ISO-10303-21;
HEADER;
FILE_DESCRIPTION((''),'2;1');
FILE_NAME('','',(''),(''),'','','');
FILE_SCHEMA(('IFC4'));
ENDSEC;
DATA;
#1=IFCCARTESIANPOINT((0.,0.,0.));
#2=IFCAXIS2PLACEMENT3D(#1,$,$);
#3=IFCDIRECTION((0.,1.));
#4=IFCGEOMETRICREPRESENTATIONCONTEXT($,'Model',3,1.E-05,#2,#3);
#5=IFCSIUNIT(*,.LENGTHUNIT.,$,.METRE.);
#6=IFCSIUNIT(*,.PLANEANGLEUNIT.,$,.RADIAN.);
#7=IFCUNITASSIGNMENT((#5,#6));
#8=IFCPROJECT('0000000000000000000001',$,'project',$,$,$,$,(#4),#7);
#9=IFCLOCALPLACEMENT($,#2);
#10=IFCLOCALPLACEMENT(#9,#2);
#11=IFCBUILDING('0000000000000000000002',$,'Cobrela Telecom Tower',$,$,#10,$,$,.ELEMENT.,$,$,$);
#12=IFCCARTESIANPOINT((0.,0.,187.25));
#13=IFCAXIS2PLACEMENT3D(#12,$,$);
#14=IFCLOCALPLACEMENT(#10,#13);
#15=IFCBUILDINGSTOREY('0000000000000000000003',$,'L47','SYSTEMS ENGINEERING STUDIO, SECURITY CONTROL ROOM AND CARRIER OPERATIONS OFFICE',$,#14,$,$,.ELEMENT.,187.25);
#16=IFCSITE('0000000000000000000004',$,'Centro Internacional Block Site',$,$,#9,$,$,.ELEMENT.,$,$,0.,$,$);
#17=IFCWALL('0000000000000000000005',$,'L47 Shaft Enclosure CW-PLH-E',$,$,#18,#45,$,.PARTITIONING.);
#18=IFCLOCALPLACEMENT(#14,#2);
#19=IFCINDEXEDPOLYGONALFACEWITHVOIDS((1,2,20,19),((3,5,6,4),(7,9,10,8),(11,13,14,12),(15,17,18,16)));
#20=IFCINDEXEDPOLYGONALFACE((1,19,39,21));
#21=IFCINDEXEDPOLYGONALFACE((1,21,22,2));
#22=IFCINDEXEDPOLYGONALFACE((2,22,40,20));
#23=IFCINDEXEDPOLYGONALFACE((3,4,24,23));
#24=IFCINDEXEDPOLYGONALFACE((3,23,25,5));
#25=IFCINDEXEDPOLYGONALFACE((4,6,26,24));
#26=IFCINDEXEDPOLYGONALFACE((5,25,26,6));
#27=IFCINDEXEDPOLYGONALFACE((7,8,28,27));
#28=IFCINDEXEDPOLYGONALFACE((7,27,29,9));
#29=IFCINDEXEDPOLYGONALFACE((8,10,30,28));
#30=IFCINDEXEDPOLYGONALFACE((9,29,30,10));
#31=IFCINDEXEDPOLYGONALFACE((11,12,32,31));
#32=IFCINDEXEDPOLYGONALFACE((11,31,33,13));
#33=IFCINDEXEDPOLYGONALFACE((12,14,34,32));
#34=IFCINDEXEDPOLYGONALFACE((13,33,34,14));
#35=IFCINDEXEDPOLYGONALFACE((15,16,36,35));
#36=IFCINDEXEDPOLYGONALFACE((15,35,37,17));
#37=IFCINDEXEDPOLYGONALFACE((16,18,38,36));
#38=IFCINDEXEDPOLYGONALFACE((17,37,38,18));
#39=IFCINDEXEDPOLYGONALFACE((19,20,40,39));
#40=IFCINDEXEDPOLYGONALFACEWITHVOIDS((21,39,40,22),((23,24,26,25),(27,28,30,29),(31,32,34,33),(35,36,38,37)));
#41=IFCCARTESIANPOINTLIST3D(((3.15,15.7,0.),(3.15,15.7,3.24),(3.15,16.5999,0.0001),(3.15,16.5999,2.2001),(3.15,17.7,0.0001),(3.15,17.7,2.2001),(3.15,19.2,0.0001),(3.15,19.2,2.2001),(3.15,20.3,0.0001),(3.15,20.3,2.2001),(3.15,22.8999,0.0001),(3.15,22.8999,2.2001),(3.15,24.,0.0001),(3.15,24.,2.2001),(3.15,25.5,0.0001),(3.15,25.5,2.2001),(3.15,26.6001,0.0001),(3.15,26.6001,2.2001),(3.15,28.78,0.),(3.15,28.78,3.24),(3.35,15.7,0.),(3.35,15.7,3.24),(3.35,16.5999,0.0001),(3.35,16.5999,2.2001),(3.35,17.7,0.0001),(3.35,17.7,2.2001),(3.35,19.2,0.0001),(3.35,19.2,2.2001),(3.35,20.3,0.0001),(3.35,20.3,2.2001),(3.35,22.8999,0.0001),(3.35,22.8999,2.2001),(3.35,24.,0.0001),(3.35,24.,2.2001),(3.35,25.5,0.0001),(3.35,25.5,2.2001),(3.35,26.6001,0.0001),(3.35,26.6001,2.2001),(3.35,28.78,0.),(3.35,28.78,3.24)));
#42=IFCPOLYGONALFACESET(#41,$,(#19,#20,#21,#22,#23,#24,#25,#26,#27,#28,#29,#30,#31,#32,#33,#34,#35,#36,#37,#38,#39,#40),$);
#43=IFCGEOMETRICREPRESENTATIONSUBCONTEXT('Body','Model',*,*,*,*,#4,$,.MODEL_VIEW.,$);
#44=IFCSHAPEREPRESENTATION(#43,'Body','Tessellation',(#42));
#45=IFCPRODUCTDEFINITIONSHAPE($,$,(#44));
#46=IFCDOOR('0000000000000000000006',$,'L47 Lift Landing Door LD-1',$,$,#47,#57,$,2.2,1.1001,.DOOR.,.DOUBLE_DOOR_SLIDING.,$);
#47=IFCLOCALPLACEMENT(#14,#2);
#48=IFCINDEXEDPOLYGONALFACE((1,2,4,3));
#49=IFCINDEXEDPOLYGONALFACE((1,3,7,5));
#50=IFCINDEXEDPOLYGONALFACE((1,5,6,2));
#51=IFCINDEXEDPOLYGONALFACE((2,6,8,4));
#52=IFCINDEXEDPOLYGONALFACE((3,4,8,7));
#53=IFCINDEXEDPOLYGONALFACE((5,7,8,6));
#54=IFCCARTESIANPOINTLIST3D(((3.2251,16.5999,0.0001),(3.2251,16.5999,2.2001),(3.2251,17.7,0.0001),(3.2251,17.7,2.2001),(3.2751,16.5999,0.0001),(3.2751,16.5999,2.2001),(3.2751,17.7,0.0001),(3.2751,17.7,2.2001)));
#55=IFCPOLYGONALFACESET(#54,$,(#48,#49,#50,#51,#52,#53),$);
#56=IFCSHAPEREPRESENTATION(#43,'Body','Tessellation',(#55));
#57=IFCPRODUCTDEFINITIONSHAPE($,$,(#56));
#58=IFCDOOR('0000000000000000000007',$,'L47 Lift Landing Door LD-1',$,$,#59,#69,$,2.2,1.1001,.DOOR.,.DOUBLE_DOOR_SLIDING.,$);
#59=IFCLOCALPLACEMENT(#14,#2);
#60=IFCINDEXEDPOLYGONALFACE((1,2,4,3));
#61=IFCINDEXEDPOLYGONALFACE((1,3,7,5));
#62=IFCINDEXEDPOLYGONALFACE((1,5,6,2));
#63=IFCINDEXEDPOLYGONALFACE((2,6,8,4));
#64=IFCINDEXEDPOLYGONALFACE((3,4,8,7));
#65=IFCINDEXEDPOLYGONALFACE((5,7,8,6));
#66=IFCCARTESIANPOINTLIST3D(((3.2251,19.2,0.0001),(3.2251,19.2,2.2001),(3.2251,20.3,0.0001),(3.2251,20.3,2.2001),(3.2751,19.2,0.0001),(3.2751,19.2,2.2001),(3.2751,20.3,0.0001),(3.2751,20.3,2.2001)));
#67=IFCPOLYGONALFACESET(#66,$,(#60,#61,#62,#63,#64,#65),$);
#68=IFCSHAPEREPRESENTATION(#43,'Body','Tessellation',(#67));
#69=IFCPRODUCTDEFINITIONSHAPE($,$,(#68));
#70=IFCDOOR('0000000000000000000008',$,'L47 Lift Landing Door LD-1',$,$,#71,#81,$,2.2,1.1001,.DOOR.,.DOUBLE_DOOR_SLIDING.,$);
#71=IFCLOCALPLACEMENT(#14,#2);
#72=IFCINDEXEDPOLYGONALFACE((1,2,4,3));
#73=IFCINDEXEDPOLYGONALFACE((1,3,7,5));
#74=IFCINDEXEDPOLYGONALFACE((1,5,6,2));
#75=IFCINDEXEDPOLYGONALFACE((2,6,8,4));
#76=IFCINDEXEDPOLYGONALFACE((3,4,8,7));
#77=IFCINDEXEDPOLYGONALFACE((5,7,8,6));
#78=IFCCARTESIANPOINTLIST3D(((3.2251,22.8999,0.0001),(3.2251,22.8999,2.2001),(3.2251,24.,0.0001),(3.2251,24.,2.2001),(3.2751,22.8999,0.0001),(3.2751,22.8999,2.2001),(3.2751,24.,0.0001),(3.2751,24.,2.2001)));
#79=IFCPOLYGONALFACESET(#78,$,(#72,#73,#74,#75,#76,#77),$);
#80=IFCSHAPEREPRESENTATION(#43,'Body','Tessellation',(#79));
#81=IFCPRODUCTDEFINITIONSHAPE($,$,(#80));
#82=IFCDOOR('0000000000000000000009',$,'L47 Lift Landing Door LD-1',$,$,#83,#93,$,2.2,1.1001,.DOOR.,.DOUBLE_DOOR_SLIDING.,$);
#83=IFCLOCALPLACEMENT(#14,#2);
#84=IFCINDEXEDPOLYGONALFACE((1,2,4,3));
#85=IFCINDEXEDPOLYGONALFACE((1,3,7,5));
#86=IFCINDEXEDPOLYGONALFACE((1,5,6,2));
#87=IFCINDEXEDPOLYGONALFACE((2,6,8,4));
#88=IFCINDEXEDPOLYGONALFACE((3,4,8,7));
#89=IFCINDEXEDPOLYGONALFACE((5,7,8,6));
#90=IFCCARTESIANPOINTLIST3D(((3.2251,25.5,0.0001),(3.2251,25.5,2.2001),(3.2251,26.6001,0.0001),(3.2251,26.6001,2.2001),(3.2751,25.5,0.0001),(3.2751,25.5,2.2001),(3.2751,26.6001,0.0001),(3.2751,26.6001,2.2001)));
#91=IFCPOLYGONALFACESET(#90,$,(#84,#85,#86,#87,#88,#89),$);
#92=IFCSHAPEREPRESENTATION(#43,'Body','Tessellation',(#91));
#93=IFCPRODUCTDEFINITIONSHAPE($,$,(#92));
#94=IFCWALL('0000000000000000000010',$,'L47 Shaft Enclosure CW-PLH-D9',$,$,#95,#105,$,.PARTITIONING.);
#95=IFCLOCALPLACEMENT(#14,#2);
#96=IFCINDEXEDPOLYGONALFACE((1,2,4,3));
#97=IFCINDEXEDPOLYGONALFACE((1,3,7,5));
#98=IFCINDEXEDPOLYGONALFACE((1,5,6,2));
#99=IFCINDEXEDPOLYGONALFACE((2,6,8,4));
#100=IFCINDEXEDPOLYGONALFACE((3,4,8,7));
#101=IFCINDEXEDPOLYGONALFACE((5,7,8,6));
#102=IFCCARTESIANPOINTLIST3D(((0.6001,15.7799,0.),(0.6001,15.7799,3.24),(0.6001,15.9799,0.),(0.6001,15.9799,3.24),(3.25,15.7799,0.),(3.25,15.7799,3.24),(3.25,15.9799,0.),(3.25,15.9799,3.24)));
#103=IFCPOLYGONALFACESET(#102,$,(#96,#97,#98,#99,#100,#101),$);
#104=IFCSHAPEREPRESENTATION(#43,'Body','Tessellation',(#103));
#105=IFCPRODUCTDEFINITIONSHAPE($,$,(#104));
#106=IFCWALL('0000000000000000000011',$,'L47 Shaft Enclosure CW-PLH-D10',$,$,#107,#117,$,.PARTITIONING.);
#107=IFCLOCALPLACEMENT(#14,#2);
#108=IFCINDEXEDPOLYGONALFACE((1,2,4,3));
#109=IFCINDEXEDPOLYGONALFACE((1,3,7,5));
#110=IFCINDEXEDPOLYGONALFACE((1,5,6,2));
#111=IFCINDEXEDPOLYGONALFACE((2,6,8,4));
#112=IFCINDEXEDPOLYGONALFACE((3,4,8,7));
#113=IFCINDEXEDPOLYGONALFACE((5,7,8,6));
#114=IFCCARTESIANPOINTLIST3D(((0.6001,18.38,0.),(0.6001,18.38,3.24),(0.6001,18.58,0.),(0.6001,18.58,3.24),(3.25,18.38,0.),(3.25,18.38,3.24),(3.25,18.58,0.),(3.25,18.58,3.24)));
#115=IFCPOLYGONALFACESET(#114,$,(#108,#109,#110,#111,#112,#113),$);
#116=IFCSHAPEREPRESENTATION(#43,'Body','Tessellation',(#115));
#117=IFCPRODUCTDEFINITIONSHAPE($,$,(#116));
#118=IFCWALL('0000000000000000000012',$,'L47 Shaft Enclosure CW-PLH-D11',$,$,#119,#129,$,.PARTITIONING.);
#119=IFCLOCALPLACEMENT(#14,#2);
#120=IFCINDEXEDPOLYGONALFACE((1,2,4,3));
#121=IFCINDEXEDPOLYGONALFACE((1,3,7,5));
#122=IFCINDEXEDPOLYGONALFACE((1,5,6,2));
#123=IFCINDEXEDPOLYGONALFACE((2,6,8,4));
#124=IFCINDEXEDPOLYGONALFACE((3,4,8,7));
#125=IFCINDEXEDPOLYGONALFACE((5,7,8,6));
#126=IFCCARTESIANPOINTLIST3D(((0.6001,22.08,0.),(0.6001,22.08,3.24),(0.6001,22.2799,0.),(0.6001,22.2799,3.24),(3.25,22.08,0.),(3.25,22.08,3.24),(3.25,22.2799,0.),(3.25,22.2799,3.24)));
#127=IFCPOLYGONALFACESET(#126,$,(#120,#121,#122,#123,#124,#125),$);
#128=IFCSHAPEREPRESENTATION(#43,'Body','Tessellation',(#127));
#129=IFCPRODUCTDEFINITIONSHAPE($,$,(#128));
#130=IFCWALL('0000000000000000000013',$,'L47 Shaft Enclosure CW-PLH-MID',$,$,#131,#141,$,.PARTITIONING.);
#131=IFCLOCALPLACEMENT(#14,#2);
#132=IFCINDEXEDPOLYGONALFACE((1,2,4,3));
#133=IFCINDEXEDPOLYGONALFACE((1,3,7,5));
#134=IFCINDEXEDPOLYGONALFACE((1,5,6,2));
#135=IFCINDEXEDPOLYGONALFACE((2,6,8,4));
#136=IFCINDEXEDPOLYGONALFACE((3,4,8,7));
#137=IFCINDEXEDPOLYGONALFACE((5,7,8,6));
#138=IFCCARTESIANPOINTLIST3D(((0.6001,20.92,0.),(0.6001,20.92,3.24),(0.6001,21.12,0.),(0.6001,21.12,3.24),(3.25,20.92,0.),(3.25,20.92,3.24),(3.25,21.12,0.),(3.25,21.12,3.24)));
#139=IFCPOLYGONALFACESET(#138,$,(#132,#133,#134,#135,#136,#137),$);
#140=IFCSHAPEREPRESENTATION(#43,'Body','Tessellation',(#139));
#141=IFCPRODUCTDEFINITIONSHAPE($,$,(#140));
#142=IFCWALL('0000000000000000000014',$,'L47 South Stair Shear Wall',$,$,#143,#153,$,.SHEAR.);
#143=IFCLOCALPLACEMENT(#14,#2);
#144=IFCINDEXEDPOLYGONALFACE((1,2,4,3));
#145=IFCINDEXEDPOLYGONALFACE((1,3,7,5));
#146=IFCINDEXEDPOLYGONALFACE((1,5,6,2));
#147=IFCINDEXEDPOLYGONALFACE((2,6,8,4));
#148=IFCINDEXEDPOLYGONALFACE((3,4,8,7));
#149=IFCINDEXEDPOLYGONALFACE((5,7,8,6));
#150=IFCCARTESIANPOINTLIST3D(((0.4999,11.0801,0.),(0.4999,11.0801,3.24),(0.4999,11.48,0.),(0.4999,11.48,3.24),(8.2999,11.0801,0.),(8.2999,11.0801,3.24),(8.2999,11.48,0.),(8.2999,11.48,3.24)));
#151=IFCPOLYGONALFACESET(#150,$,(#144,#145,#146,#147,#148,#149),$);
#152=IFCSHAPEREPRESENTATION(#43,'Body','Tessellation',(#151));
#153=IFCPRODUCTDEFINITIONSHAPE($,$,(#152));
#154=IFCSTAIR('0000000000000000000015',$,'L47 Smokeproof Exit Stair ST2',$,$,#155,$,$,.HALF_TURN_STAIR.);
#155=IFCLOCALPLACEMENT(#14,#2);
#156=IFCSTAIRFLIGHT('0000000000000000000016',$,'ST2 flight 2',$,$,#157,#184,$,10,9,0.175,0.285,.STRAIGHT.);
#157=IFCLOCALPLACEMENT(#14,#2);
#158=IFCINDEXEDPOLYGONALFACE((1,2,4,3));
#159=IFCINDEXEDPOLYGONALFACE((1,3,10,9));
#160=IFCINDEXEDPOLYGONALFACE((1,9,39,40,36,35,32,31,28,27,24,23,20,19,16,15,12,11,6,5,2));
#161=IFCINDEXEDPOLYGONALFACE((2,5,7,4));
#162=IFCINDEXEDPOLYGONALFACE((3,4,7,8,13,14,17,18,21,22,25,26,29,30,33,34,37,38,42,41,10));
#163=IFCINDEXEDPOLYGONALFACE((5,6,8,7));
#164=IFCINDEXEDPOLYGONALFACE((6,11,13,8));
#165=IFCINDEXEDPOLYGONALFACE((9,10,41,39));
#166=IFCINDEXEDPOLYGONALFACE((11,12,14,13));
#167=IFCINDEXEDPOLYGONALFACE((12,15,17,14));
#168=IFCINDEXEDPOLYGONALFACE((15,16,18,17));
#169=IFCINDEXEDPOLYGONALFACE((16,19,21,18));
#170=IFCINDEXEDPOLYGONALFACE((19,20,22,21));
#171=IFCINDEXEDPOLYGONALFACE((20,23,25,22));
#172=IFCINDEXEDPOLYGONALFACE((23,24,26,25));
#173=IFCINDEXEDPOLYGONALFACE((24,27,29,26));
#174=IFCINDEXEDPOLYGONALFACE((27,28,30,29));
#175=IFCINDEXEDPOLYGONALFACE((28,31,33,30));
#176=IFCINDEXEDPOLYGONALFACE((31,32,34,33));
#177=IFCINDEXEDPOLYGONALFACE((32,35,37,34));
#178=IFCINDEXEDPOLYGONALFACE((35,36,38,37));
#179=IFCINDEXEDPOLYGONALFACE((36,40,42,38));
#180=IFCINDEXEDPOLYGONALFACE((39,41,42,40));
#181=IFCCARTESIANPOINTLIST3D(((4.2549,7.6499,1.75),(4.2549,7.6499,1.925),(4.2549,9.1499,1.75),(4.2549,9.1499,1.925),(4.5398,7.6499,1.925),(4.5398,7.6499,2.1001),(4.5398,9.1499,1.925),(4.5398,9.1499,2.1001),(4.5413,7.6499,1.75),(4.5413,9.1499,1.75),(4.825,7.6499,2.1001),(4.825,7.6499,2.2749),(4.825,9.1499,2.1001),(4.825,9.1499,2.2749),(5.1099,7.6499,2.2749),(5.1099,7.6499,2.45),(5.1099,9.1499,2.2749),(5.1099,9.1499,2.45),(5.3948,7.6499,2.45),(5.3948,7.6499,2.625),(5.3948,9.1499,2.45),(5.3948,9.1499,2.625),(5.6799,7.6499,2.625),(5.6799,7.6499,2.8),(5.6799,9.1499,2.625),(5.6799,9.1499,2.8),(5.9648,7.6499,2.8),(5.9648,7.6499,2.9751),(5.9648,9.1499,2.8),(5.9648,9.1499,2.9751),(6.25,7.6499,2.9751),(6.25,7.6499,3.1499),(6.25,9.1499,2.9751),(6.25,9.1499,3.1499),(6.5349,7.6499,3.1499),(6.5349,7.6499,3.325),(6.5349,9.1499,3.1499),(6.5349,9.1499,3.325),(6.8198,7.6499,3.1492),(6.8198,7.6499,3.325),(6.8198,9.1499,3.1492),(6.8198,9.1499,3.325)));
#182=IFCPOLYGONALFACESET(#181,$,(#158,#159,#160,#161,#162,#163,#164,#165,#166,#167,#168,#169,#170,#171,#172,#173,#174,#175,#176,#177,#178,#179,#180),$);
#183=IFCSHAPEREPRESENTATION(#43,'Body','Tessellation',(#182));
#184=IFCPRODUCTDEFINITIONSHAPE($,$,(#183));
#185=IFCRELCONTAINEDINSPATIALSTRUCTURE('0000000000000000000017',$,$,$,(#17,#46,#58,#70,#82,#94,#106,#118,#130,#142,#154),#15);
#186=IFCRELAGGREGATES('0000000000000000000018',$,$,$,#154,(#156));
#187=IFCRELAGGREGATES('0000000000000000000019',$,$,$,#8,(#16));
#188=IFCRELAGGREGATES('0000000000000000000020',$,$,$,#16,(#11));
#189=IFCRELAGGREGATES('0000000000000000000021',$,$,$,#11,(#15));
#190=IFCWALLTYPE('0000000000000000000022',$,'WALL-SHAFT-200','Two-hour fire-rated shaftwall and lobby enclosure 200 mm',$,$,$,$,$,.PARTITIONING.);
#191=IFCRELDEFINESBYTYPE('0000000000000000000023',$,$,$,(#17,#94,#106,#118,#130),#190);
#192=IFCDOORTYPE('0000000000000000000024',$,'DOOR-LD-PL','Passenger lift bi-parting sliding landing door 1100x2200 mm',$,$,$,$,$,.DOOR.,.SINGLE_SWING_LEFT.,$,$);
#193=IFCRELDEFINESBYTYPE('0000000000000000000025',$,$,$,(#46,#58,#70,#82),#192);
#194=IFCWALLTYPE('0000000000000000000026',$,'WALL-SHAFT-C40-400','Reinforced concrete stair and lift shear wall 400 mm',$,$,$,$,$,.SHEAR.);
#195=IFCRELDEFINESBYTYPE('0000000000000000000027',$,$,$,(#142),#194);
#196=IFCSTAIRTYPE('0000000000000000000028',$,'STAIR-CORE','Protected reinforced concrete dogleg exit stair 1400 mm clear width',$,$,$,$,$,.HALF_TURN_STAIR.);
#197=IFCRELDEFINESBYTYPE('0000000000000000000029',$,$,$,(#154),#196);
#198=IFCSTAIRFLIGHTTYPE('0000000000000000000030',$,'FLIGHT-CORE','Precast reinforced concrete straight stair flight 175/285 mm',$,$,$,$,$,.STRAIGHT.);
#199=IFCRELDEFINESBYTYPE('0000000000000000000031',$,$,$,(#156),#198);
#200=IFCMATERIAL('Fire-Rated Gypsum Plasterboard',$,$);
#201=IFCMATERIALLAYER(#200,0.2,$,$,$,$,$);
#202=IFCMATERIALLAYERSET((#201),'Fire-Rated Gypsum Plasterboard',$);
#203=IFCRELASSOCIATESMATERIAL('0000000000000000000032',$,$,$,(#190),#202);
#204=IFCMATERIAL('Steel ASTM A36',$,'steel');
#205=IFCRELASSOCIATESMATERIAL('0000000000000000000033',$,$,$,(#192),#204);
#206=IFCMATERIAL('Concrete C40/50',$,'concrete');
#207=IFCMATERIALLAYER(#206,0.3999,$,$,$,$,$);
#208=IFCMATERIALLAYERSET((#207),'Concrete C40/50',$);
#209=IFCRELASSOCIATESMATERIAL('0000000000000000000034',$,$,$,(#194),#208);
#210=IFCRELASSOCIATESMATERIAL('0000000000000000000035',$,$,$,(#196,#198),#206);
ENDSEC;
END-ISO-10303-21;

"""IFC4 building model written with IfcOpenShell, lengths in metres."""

from ifc_helpers import new_model, si_unit, direction, frame, frame_2d, origin, place, context, subcontext, project, spatial, polyline, rectangle, outline, extrude, material, layer, layer_set, type_object, element, fill, aggregate, save


model = new_model("IFC4")

# Units and contexts
model_context = context("Model", 3, precision=1e-05, world=origin(), true_north=direction((0.0, 1.0)))
body_context = subcontext(model_context, "Body", "Model", "MODEL_VIEW")
ifc_project = project(units=[si_unit("LENGTHUNIT", "METRE"), si_unit("PLANEANGLEUNIT", "RADIAN")], contexts=[model_context])

# Site, building, storey
site_placement = place(None, origin())
site = spatial("IfcSite", under=ifc_project, at=site_placement, Name="Centro Internacional Block Site", CompositionType="ELEMENT", RefElevation=0.0)
building_placement = place(site_placement, origin())
building = spatial("IfcBuilding", under=site, at=building_placement, Name="Cobrela Telecom Tower", CompositionType="ELEMENT")
storey_placement = place(building_placement, frame((0.0, 0.0, 187.25)))
storey = spatial("IfcBuildingStorey", under=building, at=storey_placement, Name="L47", Description="SYSTEMS ENGINEERING STUDIO, SECURITY CONTROL ROOM AND CARRIER OPERATIONS OFFICE", CompositionType="ELEMENT", Elevation=187.25)

# Shared definitions
ifc_material_1 = material(Name="Fire-Rated Gypsum Plasterboard")

# Wall, openings, doors
ifc_layer_1 = layer(ifc_material_1, 0.2)
ifc_layer_set_1 = layer_set([ifc_layer_1], Name="Fire-Rated Gypsum Plasterboard")
wall_type_1 = type_object("IfcWallType", Name="WALL-SHAFT-200", Description="Two-hour fire-rated shaftwall and lobby enclosure 200 mm", PredefinedType="PARTITIONING", material=ifc_layer_set_1)
wall_1_placement = place(storey_placement, frame((3.25, 15.7, 0.0), z_axis=(0.0, 0.0, 1.0), x_axis=(0.0, 1.0, 0.0)))
wall_1 = element("IfcWall", 1, at=wall_1_placement, inside=storey, type_object=wall_type_1, Name="L47 Shaft Enclosure CW-PLH-E", PredefinedType="PARTITIONING", context=body_context, shape_type="SweptSolid", body=[
    extrude(rectangle(XDim=13.0801, YDim=0.2, at=frame_2d((6.54, 0.0))), origin(), (0.0, 0.0, 1.0), 3.24),
])
opening_1_placement = place(wall_1_placement, frame((0.8999, 0.0, 0.0)))
opening_1 = element("IfcOpeningElement", 2, at=opening_1_placement, cuts=wall_1, PredefinedType="OPENING", context=body_context, shape_type="SweptSolid", body=[
    extrude(rectangle(XDim=1.1001, YDim=2.2, at=frame_2d((0.55, 1.1001))), frame((0.0, 0.1118, 0.0), z_axis=(0.0, -1.0, 0.0), x_axis=(1.0, 0.0, 0.0)), (0.0, 0.0, 1.0), 0.2239),
])
opening_2_placement = place(wall_1_placement, frame((3.5, 0.0, 0.0)))
opening_2 = element("IfcOpeningElement", 3, at=opening_2_placement, cuts=wall_1, PredefinedType="OPENING", context=body_context, shape_type="SweptSolid", body=[
    extrude(rectangle(XDim=1.1001, YDim=2.2, at=frame_2d((0.55, 1.1001))), frame((0.0, 0.1118, 0.0), z_axis=(0.0, -1.0, 0.0), x_axis=(1.0, 0.0, 0.0)), (0.0, 0.0, 1.0), 0.2239),
])
opening_3_placement = place(wall_1_placement, frame((7.2, 0.0, 0.0)))
opening_3 = element("IfcOpeningElement", 4, at=opening_3_placement, cuts=wall_1, PredefinedType="OPENING", context=body_context, shape_type="SweptSolid", body=[
    extrude(rectangle(XDim=1.1001, YDim=2.2, at=frame_2d((0.55, 1.1001))), frame((0.0, 0.1118, 0.0), z_axis=(0.0, -1.0, 0.0), x_axis=(1.0, 0.0, 0.0)), (0.0, 0.0, 1.0), 0.2239),
])
opening_4_placement = place(wall_1_placement, frame((9.8, 0.0, 0.0)))
opening_4 = element("IfcOpeningElement", 5, at=opening_4_placement, cuts=wall_1, PredefinedType="OPENING", context=body_context, shape_type="SweptSolid", body=[
    extrude(rectangle(XDim=1.1001, YDim=2.2, at=frame_2d((0.55, 1.1001))), frame((0.0, 0.1118, 0.0), z_axis=(0.0, -1.0, 0.0), x_axis=(1.0, 0.0, 0.0)), (0.0, 0.0, 1.0), 0.2239),
])
ifc_material_2 = material(Name="Steel ASTM A36", Category="steel")
door_type_1 = type_object("IfcDoorType", Name="DOOR-LD-PL", Description="Passenger lift bi-parting sliding landing door 1100x2200 mm", OperationType="SINGLE_SWING_LEFT", PredefinedType="DOOR", material=ifc_material_2)
door_1_placement = place(opening_1_placement, origin())
door_1 = element("IfcDoor", 6, at=door_1_placement, inside=storey, type_object=door_type_1, Name="L47 Lift Landing Door LD-1", OperationType="DOUBLE_DOOR_SLIDING", OverallHeight=2.2, OverallWidth=1.1001, PredefinedType="DOOR", context=body_context, shape_type="SweptSolid", body=[
    extrude(rectangle(XDim=1.1001, YDim=2.2, at=frame_2d((0.55, 1.1001))), frame((0.0, 0.0249, 0.0), z_axis=(0.0, -1.0, 0.0), x_axis=(1.0, 0.0, 0.0)), (0.0, 0.0, 1.0), 0.05),
])
fill(opening_1, door_1)
door_2_placement = place(opening_2_placement, origin())
door_2 = element("IfcDoor", 7, at=door_2_placement, inside=storey, type_object=door_type_1, Name="L47 Lift Landing Door LD-1", OperationType="DOUBLE_DOOR_SLIDING", OverallHeight=2.2, OverallWidth=1.1001, PredefinedType="DOOR", context=body_context, shape_type="SweptSolid", body=[
    extrude(rectangle(XDim=1.1001, YDim=2.2, at=frame_2d((0.55, 1.1001))), frame((0.0, 0.0249, 0.0), z_axis=(0.0, -1.0, 0.0), x_axis=(1.0, 0.0, 0.0)), (0.0, 0.0, 1.0), 0.05),
])
fill(opening_2, door_2)
door_3_placement = place(opening_3_placement, origin())
door_3 = element("IfcDoor", 8, at=door_3_placement, inside=storey, type_object=door_type_1, Name="L47 Lift Landing Door LD-1", OperationType="DOUBLE_DOOR_SLIDING", OverallHeight=2.2, OverallWidth=1.1001, PredefinedType="DOOR", context=body_context, shape_type="SweptSolid", body=[
    extrude(rectangle(XDim=1.1001, YDim=2.2, at=frame_2d((0.55, 1.1001))), frame((0.0, 0.0249, 0.0), z_axis=(0.0, -1.0, 0.0), x_axis=(1.0, 0.0, 0.0)), (0.0, 0.0, 1.0), 0.05),
])
fill(opening_3, door_3)
door_4_placement = place(opening_4_placement, origin())
door_4 = element("IfcDoor", 9, at=door_4_placement, inside=storey, type_object=door_type_1, Name="L47 Lift Landing Door LD-1", OperationType="DOUBLE_DOOR_SLIDING", OverallHeight=2.2, OverallWidth=1.1001, PredefinedType="DOOR", context=body_context, shape_type="SweptSolid", body=[
    extrude(rectangle(XDim=1.1001, YDim=2.2, at=frame_2d((0.55, 1.1001))), frame((0.0, 0.0249, 0.0), z_axis=(0.0, -1.0, 0.0), x_axis=(1.0, 0.0, 0.0)), (0.0, 0.0, 1.0), 0.05),
])
fill(opening_4, door_4)

# Walls
for number, where, z_axis, x_axis, name in (
    (10, (0.6001, 15.8799, 0.0), (0.0, 0.0, 1.0), (1.0, 0.0, 0.0), "L47 Shaft Enclosure CW-PLH-D9"),
    (11, (0.6001, 18.48, 0.0), (0.0, 0.0, 1.0), (1.0, 0.0, 0.0), "L47 Shaft Enclosure CW-PLH-D10"),
    (12, (0.6001, 22.1799, 0.0), (0.0, 0.0, 1.0), (1.0, 0.0, 0.0), "L47 Shaft Enclosure CW-PLH-D11"),
    (13, (0.6001, 21.02, 0.0), (0.0, 0.0, 1.0), (1.0, 0.0, 0.0), "L47 Shaft Enclosure CW-PLH-MID"),
):
    element("IfcWall", number, at=place(storey_placement, frame(where, z_axis=z_axis, x_axis=x_axis)), inside=storey, type_object=wall_type_1, Name=name, PredefinedType="PARTITIONING", context=body_context, shape_type="SweptSolid", body=[
        extrude(rectangle(XDim=2.6499, YDim=0.2, at=frame_2d((1.325, 0.0))), origin(), (0.0, 0.0, 1.0), 3.24),
    ])
ifc_material_3 = material(Name="Concrete C40/50", Category="concrete")
ifc_layer_2 = layer(ifc_material_3, 0.3999)
ifc_layer_set_2 = layer_set([ifc_layer_2], Name="Concrete C40/50")
wall_type_2 = type_object("IfcWallType", Name="WALL-SHAFT-C40-400", Description="Reinforced concrete stair and lift shear wall 400 mm", PredefinedType="SHEAR", material=ifc_layer_set_2)
wall_2_placement = place(storey_placement, frame((0.5, 11.28, 0.0), z_axis=(0.0, 0.0, 1.0), x_axis=(1.0, 0.0, 0.0)))
element("IfcWall", 14, at=wall_2_placement, inside=storey, type_object=wall_type_2, Name="L47 South Stair Shear Wall", PredefinedType="SHEAR", context=body_context, shape_type="SweptSolid", body=[
    extrude(rectangle(XDim=7.8, YDim=0.3999, at=frame_2d((3.8999, 0.0))), origin(), (0.0, 0.0, 1.0), 3.24),
])

# Stair, stair flight
stair_type = type_object("IfcStairType", Name="STAIR-CORE", Description="Protected reinforced concrete dogleg exit stair 1400 mm clear width", PredefinedType="HALF_TURN_STAIR", material=ifc_material_3)
stair_placement = place(storey_placement, origin())
stair = element("IfcStair", 15, at=stair_placement, inside=storey, type_object=stair_type, Name="L47 Smokeproof Exit Stair ST2", PredefinedType="HALF_TURN_STAIR")
stair_flight_type = type_object("IfcStairFlightType", Name="FLIGHT-CORE", Description="Precast reinforced concrete straight stair flight 175/285 mm", PredefinedType="STRAIGHT", material=ifc_material_3)
stair_flight_placement = place(storey_placement, frame((4.2549, 8.3999, 1.75), z_axis=(0.0, 0.0, 1.0), x_axis=(1.0, 0.0, 0.0)))
stair_flight = element("IfcStairFlight", 16, at=stair_flight_placement, type_object=stair_flight_type, Name="ST2 flight 2", NumberOfRisers=10, NumberOfTreads=9, PredefinedType="STRAIGHT", RiserHeight=0.175, TreadLength=0.285, context=body_context, shape_type="SweptSolid", body=[
    extrude(outline(polyline([(0.0, 0.0), (0.0, 0.175), (0.2849, 0.175), (0.2849, 0.3501), (0.5701, 0.3501), (0.5701, 0.5249), (0.855, 0.5249), (0.855, 0.7), (1.1399, 0.7), (1.1399, 0.875), (1.425, 0.875), (1.425, 1.05), (1.71, 1.05), (1.71, 1.2251), (1.9951, 1.2251), (1.9951, 1.3999), (2.28, 1.3999), (2.28, 1.575), (2.5649, 1.575), (2.5649, 1.75), (2.5649, 1.3992), (0.2864, 0.0), (0.0, 0.0)])), frame((0.0, 0.75, 0.0), z_axis=(0.0, -1.0, 0.0), x_axis=(1.0, 0.0, 0.0)), (0.0, 0.0, 1.0), 1.5),
])
aggregate(stair, [stair_flight])

save(model, "model.ifc")
